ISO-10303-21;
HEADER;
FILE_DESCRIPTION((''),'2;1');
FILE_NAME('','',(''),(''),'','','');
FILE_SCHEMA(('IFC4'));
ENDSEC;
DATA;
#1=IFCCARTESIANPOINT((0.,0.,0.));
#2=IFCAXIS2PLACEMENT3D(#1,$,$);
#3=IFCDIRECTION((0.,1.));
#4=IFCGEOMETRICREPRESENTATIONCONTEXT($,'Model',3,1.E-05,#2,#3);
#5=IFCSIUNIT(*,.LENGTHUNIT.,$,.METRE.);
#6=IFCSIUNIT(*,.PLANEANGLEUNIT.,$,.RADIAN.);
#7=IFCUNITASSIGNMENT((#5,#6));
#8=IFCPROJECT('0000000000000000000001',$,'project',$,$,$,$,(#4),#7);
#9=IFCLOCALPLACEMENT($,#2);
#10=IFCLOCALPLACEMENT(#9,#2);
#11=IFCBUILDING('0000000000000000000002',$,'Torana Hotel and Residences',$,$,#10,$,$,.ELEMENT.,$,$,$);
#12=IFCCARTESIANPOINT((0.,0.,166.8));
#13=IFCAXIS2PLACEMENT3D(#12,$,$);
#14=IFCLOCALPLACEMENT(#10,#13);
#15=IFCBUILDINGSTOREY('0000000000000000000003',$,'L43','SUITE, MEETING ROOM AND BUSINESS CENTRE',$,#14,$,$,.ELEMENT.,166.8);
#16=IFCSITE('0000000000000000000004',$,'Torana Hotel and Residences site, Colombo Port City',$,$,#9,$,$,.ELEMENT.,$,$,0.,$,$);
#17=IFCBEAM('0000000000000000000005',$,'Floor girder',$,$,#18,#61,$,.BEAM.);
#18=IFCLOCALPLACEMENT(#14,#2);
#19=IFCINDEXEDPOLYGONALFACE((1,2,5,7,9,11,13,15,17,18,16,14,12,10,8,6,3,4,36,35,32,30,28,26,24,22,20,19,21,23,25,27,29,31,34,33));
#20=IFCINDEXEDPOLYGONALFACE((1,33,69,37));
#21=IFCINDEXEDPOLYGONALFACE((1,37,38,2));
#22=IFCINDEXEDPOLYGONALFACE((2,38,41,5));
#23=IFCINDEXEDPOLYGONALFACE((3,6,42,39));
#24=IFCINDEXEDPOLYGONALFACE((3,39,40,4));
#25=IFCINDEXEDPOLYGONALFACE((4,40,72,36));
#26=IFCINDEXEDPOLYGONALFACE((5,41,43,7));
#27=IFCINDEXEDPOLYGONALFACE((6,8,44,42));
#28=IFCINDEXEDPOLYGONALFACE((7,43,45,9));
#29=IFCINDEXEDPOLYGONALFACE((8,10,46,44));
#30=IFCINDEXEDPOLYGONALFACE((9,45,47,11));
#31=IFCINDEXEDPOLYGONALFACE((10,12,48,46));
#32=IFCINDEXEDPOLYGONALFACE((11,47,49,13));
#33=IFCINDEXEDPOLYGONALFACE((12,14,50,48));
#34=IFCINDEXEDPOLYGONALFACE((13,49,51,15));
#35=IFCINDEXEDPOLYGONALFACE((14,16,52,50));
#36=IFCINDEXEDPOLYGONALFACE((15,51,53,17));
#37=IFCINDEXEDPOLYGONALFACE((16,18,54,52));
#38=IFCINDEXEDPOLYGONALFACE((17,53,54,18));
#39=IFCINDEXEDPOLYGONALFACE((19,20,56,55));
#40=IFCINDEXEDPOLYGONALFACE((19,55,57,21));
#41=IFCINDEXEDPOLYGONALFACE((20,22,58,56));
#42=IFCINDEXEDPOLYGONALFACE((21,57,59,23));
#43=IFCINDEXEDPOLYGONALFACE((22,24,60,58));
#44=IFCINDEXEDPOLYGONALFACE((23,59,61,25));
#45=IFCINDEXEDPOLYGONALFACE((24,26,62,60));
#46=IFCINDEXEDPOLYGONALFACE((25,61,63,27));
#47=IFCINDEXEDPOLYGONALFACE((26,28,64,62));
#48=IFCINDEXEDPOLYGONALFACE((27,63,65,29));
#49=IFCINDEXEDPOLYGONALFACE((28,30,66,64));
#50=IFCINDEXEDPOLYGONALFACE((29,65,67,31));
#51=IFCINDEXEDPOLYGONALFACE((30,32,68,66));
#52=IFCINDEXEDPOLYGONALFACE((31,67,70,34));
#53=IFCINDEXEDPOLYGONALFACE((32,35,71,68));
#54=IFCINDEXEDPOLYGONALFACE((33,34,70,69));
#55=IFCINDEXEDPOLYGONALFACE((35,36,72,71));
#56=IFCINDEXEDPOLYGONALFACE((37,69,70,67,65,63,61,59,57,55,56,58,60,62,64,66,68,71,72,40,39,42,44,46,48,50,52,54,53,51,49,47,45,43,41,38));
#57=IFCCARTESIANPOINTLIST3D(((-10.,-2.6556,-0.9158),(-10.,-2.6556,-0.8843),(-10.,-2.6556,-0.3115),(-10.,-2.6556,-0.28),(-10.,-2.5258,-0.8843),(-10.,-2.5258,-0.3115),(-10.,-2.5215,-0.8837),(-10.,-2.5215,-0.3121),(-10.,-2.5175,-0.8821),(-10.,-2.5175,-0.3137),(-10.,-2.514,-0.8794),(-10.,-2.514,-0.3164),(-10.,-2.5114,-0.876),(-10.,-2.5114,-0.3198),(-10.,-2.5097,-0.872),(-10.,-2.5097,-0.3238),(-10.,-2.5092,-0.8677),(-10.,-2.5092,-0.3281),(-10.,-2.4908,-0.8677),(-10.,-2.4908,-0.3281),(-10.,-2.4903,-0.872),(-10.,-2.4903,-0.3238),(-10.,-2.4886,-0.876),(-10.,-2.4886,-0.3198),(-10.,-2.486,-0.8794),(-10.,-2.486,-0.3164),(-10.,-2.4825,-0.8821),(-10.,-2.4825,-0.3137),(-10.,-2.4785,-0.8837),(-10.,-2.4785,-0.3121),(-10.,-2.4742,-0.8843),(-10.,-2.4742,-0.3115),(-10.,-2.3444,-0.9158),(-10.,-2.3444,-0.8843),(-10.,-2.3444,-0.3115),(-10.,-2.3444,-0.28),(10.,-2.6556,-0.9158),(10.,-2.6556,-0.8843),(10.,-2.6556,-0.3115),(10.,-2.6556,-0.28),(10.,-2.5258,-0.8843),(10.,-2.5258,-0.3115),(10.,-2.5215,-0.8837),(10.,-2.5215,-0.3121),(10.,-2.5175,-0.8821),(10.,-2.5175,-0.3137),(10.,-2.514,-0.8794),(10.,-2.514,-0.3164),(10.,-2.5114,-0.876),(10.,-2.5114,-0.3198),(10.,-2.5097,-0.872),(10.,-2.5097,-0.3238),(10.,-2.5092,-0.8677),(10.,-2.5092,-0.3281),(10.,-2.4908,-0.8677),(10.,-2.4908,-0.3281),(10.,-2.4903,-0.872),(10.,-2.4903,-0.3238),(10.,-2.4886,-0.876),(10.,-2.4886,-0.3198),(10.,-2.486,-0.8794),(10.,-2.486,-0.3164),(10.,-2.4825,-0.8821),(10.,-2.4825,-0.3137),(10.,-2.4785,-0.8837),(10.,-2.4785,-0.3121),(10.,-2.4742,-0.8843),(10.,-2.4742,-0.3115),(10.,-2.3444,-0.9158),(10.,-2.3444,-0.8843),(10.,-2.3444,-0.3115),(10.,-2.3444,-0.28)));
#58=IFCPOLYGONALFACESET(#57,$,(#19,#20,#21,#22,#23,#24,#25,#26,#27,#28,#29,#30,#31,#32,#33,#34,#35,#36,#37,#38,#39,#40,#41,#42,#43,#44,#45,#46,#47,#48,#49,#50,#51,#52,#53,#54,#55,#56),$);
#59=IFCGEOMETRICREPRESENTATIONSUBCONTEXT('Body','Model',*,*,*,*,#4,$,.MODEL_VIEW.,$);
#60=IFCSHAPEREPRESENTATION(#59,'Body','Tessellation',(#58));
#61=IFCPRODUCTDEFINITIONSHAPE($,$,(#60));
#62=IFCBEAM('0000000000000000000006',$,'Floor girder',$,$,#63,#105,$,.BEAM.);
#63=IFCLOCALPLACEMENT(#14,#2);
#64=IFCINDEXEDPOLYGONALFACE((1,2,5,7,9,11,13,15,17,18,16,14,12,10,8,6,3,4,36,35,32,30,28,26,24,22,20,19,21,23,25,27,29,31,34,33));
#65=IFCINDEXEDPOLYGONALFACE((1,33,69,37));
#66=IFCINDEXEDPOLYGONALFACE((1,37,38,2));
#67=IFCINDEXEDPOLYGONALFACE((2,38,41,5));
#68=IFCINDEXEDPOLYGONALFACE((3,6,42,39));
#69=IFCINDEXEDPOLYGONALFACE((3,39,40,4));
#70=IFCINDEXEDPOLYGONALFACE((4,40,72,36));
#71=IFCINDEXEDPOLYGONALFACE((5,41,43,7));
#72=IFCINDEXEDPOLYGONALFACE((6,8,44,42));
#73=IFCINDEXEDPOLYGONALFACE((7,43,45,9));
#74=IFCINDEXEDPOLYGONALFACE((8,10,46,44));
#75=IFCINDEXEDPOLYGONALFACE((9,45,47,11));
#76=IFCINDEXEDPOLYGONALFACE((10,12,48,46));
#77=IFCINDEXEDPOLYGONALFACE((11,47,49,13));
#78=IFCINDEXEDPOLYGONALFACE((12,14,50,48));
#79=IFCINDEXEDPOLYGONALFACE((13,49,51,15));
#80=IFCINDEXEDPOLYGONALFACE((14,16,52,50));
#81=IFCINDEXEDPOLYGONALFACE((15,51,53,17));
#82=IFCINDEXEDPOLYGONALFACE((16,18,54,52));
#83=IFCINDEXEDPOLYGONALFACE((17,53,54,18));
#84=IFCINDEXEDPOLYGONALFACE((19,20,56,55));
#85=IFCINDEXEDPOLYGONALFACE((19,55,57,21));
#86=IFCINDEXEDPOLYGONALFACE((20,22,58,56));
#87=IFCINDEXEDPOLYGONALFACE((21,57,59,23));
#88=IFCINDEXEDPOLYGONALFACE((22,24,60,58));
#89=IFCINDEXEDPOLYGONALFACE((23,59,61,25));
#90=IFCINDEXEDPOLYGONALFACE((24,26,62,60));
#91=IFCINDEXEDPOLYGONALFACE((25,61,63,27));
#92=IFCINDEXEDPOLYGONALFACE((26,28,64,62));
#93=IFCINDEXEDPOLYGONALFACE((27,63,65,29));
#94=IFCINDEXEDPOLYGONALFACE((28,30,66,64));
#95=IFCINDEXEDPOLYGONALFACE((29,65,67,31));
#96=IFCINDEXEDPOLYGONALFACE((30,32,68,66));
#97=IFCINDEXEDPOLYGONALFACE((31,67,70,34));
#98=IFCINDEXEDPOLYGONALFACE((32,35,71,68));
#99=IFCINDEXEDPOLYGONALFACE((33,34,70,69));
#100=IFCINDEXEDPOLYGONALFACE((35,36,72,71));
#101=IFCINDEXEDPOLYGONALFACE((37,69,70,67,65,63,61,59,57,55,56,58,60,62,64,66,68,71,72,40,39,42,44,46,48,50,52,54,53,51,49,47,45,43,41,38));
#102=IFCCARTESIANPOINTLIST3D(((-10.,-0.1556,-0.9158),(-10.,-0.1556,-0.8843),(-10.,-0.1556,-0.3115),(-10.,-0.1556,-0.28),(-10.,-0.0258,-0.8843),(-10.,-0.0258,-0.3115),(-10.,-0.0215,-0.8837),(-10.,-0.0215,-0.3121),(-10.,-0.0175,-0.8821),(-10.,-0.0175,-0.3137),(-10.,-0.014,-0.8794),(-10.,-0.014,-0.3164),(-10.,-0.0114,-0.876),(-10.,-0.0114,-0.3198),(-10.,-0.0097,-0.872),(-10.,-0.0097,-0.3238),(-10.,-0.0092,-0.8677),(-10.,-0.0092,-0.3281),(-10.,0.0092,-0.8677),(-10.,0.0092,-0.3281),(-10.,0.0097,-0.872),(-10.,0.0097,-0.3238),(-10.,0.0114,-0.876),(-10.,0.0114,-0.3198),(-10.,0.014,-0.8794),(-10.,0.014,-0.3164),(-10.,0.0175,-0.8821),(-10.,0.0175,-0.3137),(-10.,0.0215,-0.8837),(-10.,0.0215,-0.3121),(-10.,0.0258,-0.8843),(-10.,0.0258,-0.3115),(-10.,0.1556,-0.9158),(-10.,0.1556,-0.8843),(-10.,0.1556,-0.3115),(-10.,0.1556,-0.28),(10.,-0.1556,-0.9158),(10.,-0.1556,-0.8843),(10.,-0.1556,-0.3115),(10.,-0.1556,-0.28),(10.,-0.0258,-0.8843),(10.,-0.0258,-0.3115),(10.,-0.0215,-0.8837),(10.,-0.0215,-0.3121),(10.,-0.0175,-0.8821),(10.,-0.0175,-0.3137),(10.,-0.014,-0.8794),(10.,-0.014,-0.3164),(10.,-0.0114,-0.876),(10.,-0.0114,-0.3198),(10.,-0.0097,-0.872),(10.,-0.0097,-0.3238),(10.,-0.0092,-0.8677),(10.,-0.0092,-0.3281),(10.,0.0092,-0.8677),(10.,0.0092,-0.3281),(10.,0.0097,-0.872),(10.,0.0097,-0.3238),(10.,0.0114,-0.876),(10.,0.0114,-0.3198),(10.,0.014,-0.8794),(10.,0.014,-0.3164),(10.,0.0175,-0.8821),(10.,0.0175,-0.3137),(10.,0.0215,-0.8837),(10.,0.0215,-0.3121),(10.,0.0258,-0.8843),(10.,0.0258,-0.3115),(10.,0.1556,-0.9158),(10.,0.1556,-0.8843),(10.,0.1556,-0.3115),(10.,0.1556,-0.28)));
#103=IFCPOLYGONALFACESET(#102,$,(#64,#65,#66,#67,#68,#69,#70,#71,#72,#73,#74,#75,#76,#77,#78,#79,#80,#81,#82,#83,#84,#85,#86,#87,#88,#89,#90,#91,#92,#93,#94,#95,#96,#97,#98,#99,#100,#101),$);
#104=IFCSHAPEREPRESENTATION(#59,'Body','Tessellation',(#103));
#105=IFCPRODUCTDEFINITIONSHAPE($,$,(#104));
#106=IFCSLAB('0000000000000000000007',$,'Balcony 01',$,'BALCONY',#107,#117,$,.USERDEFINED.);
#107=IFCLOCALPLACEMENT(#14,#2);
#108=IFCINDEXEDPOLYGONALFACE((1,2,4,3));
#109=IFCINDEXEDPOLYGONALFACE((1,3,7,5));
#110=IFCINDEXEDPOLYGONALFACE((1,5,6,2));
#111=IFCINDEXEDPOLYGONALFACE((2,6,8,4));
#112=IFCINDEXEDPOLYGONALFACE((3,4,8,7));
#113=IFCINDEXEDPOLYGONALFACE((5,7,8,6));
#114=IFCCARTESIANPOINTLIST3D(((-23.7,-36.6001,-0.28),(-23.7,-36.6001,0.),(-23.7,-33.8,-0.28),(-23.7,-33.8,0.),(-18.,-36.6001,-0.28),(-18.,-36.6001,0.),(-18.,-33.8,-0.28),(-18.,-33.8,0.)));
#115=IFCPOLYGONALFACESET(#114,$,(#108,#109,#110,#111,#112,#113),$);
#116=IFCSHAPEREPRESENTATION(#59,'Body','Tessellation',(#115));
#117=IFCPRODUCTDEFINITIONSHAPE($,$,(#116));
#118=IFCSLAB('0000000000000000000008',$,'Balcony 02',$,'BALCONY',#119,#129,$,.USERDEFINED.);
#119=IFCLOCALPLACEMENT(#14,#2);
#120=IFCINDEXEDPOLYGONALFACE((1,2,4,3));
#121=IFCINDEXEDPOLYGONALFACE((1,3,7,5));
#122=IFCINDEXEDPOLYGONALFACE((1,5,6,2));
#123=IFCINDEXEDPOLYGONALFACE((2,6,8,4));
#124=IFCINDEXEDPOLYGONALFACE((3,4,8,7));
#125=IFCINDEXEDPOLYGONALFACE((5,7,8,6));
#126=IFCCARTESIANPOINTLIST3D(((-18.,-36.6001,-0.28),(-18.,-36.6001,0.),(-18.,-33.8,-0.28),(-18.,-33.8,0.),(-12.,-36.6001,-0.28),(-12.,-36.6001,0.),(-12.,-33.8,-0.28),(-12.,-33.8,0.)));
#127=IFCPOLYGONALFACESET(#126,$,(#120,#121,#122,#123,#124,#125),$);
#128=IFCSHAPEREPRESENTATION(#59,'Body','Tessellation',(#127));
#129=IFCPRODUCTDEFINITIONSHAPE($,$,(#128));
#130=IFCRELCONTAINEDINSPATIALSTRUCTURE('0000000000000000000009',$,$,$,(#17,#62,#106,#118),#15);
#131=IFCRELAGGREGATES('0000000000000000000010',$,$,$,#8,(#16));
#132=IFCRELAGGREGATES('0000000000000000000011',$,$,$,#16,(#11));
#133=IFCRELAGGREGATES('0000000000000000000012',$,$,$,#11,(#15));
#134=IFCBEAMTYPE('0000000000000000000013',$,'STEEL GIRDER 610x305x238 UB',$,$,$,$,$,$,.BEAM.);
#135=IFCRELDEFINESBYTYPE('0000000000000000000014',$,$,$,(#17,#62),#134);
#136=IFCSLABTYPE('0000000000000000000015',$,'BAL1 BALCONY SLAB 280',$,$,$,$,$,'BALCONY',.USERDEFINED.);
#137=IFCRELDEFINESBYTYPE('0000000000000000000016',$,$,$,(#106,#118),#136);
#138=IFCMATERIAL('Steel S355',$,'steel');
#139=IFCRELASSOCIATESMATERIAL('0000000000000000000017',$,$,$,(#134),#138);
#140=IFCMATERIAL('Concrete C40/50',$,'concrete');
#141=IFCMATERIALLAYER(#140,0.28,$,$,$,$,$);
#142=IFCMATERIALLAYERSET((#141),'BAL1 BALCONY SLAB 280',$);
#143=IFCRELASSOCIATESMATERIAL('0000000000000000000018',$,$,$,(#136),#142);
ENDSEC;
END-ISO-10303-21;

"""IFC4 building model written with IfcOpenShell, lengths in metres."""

from ifc_helpers import new_model, si_unit, direction, frame, origin, origin_2d, place, context, subcontext, project, spatial, polyline, i_section, outline, extrude, material, layer, layer_set, material_profile, profile_set, type_object, element, save


model = new_model("IFC4")

# Units and contexts
model_context = context("Model", 3, precision=1e-05, world=origin(), true_north=direction((0.0, 1.0)))
body_context = subcontext(model_context, "Body", "Model", "MODEL_VIEW")
ifc_project = project(units=[si_unit("LENGTHUNIT", "METRE"), si_unit("PLANEANGLEUNIT", "RADIAN")], contexts=[model_context])

# Site, building, storey
site_placement = place(None, origin())
site = spatial("IfcSite", under=ifc_project, at=site_placement, Name="Torana Hotel and Residences site, Colombo Port City", CompositionType="ELEMENT", RefElevation=0.0)
building_placement = place(site_placement, origin())
building = spatial("IfcBuilding", under=site, at=building_placement, Name="Torana Hotel and Residences", CompositionType="ELEMENT")
storey_placement = place(building_placement, frame((0.0, 0.0, 166.8)))
storey = spatial("IfcBuildingStorey", under=building, at=storey_placement, Name="L43", Description="SUITE, MEETING ROOM AND BUSINESS CENTRE", CompositionType="ELEMENT", Elevation=166.8)

# Beams
ifc_material_1 = material(Name="Steel S355", Category="steel")
ifc_material_profile = material_profile(ifc_material_1, i_section(OverallWidth=0.3113, OverallDepth=0.6357, WebThickness=0.0183, FlangeThickness=0.0315, FilletRadius=0.0166, at=origin_2d()), Name="610x305x238 UB")
ifc_profile_set = profile_set([ifc_material_profile], Name="Steel S355")
beam_type = type_object("IfcBeamType", Name="STEEL GIRDER 610x305x238 UB", PredefinedType="BEAM", material=ifc_profile_set)
for number, where, z_axis, x_axis, name in (
    (1, (-10.0, -2.5, -0.5979), (1.0, 0.0, 0.0), (0.0, 1.0, 0.0), "Floor girder"),
    (2, (-10.0, 0.0, -0.5979), (1.0, 0.0, 0.0), (0.0, 1.0, 0.0), "Floor girder"),
):
    element("IfcBeam", number, at=place(storey_placement, frame(where, z_axis=z_axis, x_axis=x_axis)), inside=storey, type_object=beam_type, Name=name, PredefinedType="BEAM", context=body_context, shape_type="SweptSolid", body=[
        extrude(i_section(OverallWidth=0.3113, OverallDepth=0.6357, WebThickness=0.0183, FlangeThickness=0.0315, FilletRadius=0.0166, at=origin_2d()), origin(), (0.0, 0.0, 1.0), 20.0),
    ])

# Slabs
ifc_material_2 = material(Name="Concrete C40/50", Category="concrete")
ifc_layer_1 = layer(ifc_material_2, 0.28)
ifc_layer_set_1 = layer_set([ifc_layer_1], Name="BAL1 BALCONY SLAB 280")
slab_type_1 = type_object("IfcSlabType", Name="BAL1 BALCONY SLAB 280", ElementType="BALCONY", PredefinedType="USERDEFINED", material=ifc_layer_set_1)
slab_1_placement = place(storey_placement, frame((0.0, 0.0, -0.28)))
element("IfcSlab", 3, at=slab_1_placement, inside=storey, type_object=slab_type_1, Name="Balcony 01", ObjectType="BALCONY", PredefinedType="USERDEFINED", context=body_context, shape_type="SweptSolid", body=[
    extrude(outline(polyline([(-23.7, -36.6001), (-18.0, -36.6001), (-18.0, -33.8), (-23.7, -33.8), (-23.7, -36.6001)])), origin(), (0.0, 0.0, 1.0), 0.28),
])
slab_2_placement = place(storey_placement, frame((0.0, 0.0, -0.28)))
element("IfcSlab", 4, at=slab_2_placement, inside=storey, type_object=slab_type_1, Name="Balcony 02", ObjectType="BALCONY", PredefinedType="USERDEFINED", context=body_context, shape_type="SweptSolid", body=[
    extrude(outline(polyline([(-18.0, -36.6001), (-12.0, -36.6001), (-12.0, -33.8), (-18.0, -33.8), (-18.0, -36.6001)])), origin(), (0.0, 0.0, 1.0), 0.28),
])

save(model, "model.ifc")
